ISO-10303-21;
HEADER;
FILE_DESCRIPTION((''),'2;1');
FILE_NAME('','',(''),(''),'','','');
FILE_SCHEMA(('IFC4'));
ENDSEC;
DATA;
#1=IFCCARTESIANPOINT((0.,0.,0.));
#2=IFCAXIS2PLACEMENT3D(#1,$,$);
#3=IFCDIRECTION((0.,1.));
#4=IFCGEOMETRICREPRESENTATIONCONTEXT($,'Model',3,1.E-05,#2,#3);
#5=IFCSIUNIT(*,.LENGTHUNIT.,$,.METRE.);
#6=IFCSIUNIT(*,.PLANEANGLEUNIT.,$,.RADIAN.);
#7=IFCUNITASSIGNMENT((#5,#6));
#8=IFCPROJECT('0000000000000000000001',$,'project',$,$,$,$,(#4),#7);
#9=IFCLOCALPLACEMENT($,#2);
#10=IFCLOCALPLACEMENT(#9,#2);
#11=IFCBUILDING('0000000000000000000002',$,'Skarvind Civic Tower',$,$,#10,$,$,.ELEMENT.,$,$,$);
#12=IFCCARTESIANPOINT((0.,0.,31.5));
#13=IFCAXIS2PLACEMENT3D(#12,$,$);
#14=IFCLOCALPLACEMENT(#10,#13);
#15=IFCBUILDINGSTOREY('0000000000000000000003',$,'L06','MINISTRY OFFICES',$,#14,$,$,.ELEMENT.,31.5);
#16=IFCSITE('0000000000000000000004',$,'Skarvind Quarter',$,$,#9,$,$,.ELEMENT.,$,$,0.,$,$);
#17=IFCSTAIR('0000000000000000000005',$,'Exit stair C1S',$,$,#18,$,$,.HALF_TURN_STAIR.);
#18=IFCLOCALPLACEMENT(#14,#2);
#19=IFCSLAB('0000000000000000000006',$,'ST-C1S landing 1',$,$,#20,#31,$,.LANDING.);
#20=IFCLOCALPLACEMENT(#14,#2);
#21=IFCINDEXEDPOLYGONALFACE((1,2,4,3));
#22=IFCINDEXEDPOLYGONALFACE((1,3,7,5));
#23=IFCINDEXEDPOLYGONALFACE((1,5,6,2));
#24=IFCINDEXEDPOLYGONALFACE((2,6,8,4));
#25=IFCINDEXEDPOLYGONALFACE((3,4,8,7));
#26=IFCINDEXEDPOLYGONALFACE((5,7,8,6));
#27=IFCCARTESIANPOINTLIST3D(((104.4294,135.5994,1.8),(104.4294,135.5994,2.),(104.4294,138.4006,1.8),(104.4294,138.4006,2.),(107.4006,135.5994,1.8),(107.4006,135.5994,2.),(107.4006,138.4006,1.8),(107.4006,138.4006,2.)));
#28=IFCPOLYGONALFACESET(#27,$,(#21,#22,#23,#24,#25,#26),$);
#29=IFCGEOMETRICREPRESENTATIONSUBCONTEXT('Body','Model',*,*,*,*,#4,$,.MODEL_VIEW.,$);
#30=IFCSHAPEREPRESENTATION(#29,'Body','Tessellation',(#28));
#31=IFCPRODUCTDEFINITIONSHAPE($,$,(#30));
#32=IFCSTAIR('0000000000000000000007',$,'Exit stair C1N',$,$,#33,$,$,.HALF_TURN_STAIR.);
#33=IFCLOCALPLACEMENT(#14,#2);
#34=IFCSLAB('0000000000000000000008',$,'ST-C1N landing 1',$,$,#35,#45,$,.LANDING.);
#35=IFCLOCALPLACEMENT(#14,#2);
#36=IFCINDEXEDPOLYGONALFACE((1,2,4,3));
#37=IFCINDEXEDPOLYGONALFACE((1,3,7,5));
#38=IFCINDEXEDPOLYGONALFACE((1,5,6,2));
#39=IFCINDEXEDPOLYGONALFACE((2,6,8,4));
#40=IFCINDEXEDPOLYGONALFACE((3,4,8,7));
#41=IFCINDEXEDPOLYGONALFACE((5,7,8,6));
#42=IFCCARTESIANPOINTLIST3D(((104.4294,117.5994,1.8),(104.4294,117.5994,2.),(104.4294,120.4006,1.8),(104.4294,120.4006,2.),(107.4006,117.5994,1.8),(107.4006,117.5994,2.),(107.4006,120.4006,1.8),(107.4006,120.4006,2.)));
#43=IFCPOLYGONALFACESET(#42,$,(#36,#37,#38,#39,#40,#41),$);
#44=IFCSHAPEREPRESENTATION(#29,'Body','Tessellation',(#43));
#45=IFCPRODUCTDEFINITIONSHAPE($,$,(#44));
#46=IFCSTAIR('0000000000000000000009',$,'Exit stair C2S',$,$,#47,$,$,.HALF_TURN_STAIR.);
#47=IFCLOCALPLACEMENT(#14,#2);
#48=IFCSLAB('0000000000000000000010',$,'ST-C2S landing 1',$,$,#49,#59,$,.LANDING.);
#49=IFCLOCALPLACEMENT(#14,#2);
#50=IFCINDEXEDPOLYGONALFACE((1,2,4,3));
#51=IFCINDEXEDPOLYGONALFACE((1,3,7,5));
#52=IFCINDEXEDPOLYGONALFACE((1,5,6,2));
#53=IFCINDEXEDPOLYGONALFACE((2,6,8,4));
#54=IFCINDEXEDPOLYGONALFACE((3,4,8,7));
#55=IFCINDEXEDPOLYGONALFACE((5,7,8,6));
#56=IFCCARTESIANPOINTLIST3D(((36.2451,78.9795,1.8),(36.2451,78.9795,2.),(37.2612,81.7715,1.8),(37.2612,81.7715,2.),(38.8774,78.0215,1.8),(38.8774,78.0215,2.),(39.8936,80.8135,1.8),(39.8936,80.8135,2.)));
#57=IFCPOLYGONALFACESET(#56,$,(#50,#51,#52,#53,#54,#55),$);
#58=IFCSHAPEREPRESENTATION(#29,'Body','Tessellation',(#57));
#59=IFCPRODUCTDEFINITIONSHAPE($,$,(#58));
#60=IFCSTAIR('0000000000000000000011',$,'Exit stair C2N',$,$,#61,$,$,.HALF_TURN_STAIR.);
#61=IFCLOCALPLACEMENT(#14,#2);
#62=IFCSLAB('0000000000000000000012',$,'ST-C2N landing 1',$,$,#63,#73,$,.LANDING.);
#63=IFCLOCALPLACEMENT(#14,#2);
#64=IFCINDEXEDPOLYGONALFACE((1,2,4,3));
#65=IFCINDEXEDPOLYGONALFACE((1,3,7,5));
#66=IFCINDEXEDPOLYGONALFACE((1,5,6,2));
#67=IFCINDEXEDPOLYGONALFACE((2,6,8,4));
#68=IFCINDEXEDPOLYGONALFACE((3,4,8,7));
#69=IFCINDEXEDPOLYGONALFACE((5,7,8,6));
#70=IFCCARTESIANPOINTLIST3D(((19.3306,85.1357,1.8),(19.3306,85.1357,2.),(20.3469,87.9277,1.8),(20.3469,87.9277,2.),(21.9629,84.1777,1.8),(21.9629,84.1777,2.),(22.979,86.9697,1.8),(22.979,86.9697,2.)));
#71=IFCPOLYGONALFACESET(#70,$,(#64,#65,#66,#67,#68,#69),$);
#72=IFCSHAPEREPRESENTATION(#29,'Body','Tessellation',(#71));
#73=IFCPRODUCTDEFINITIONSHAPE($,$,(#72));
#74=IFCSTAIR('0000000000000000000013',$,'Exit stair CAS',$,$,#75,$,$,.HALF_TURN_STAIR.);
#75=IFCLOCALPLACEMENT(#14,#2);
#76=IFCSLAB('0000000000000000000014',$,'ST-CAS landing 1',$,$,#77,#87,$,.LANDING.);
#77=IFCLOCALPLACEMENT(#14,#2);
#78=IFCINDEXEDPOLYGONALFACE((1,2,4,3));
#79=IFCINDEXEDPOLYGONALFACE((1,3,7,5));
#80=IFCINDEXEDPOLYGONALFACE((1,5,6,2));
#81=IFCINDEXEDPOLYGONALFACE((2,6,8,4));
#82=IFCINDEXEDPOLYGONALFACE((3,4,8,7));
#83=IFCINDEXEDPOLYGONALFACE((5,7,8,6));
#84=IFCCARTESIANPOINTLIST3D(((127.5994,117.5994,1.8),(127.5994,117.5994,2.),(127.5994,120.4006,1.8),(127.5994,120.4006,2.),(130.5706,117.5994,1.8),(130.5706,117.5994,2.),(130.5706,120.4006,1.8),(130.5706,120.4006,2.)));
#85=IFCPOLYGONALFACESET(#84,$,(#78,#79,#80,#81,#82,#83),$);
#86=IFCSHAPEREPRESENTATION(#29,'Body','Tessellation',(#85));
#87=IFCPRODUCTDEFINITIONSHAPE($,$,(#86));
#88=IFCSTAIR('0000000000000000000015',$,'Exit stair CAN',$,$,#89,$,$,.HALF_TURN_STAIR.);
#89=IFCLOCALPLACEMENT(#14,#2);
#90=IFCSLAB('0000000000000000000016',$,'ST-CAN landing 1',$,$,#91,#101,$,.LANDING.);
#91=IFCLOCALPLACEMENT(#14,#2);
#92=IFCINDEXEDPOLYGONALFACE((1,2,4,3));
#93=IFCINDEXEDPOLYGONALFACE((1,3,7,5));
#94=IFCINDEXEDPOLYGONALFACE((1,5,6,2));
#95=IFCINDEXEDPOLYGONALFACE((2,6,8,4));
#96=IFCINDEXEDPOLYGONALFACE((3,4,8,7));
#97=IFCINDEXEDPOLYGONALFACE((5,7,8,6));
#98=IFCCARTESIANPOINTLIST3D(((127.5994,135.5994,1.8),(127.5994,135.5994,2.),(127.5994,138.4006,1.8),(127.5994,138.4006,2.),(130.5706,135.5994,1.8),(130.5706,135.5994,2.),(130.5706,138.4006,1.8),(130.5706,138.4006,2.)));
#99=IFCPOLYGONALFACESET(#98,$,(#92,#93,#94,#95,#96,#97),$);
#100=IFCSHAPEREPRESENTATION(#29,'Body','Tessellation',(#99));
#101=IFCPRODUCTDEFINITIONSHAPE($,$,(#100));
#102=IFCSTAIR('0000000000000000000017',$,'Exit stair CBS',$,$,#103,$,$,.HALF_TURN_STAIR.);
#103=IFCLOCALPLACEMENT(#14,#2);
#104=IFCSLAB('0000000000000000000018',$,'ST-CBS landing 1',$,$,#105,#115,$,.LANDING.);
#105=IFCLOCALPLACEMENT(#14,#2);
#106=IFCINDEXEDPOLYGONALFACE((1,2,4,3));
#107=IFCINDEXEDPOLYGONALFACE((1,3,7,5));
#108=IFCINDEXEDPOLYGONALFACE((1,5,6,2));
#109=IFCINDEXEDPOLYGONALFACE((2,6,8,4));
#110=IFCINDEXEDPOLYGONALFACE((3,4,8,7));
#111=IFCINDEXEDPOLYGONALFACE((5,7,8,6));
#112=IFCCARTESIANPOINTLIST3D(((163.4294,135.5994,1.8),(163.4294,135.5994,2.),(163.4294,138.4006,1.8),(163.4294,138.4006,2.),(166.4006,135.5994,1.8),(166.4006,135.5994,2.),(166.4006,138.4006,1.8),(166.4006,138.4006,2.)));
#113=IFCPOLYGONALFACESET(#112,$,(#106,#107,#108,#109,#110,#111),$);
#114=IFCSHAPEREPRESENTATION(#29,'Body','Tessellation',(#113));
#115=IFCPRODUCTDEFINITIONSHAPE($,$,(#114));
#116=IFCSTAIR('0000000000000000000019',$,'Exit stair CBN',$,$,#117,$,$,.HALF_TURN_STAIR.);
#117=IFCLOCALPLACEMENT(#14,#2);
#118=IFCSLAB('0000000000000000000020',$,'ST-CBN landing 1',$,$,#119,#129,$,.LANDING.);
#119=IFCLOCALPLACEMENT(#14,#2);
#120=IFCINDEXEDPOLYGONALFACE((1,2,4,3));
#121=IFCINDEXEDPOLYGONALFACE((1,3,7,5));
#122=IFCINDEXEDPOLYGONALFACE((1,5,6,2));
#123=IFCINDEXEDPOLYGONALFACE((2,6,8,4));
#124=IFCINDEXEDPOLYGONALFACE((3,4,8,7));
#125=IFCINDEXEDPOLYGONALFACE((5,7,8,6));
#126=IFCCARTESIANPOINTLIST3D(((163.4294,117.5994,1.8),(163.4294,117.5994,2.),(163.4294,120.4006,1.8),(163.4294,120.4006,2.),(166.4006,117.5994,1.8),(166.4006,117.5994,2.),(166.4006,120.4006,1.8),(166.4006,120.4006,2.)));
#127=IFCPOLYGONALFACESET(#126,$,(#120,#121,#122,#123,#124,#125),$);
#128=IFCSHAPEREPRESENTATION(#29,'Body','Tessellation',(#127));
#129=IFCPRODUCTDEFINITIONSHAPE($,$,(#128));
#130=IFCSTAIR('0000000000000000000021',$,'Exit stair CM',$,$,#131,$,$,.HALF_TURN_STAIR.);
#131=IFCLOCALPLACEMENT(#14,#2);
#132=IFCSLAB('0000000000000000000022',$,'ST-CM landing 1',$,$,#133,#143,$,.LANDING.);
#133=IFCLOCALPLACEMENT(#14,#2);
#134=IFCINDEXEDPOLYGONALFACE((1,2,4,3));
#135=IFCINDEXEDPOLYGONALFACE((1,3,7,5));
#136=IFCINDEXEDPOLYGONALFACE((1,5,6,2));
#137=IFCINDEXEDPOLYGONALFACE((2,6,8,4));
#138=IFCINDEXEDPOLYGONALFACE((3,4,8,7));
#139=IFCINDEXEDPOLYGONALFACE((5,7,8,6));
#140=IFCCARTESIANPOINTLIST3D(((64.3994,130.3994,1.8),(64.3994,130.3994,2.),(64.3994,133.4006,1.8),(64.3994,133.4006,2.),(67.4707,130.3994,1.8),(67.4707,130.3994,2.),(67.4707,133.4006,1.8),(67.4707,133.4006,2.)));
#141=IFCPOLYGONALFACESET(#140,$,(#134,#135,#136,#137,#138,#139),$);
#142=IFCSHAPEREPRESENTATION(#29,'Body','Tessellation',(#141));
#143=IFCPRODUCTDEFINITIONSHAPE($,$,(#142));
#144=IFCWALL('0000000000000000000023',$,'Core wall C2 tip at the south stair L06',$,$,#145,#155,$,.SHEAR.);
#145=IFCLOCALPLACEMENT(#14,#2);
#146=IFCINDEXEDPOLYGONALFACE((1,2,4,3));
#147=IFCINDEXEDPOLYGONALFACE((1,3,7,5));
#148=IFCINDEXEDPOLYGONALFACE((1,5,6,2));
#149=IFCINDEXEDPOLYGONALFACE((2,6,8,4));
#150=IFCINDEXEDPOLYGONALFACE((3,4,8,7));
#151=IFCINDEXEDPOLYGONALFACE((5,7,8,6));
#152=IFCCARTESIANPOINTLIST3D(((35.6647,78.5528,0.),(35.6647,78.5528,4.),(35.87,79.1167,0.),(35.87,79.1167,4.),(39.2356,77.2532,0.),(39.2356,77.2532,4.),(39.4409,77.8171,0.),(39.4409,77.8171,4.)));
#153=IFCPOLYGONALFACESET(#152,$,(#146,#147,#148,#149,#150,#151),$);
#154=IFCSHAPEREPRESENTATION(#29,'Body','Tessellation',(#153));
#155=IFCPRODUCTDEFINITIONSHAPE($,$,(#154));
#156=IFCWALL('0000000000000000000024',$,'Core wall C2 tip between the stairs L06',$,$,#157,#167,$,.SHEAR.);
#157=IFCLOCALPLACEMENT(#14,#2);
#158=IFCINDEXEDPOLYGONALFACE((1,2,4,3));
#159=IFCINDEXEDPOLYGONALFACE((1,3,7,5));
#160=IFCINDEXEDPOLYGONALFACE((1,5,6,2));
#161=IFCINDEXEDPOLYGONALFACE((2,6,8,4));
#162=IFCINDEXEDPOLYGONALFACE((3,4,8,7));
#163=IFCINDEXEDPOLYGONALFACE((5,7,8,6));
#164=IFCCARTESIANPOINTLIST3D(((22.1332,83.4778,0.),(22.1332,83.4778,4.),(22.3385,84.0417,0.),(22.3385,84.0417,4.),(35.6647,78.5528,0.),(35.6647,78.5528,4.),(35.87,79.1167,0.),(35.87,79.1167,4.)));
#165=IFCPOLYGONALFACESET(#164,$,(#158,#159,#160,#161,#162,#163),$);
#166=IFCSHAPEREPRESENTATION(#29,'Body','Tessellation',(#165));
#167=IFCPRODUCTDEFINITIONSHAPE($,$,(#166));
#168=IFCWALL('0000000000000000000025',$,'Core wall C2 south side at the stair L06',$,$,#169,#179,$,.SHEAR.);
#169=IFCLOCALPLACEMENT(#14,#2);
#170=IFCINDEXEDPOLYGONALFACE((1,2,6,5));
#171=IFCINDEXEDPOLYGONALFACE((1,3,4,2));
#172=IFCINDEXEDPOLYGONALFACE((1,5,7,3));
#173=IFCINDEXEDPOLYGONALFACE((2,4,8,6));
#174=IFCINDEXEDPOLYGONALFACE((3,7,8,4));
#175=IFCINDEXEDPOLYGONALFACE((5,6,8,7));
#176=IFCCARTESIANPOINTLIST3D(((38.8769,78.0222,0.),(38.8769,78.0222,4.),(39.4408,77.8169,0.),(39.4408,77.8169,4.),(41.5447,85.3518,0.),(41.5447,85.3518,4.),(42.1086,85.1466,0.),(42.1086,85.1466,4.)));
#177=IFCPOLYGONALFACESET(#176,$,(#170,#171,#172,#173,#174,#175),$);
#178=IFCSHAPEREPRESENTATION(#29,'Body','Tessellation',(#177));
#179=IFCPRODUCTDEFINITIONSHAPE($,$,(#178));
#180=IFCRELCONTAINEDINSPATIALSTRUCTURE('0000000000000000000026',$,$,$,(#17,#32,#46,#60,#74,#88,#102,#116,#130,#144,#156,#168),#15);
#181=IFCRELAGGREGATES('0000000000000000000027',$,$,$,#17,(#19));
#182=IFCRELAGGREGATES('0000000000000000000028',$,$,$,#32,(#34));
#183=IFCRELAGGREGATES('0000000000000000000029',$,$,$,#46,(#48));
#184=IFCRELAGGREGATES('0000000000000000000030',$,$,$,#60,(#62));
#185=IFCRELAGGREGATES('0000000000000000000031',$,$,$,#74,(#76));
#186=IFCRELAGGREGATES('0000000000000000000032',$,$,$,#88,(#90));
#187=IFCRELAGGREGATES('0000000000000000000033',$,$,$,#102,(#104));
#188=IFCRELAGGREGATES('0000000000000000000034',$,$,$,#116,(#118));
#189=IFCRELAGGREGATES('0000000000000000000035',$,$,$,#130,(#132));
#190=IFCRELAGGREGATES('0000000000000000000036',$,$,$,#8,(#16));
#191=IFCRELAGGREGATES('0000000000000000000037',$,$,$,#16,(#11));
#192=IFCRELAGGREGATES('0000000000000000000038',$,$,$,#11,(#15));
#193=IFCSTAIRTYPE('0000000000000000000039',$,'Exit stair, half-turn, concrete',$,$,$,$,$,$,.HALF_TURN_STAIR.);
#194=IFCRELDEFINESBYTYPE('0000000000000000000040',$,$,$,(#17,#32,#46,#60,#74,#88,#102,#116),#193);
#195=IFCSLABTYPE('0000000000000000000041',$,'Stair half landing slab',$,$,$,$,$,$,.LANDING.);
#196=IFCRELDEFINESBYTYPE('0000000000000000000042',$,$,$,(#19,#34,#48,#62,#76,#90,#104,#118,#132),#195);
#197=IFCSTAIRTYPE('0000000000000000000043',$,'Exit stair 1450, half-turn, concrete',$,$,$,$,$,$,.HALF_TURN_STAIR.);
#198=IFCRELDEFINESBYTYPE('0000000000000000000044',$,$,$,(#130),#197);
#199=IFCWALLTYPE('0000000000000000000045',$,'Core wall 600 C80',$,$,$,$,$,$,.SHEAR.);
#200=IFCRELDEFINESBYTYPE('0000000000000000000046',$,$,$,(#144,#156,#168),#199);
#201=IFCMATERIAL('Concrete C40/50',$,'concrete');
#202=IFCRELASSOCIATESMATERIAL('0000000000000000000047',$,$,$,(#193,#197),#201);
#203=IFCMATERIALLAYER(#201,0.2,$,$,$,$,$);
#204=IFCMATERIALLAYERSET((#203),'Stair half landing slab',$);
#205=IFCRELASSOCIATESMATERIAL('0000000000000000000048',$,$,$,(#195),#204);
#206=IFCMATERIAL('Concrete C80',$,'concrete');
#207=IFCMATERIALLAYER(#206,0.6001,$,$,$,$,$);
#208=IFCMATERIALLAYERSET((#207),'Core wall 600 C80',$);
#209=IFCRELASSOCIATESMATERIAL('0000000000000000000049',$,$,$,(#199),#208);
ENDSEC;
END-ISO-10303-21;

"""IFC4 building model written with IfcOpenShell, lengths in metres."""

from ifc_helpers import new_model, si_unit, direction, frame, frame_2d, origin, place, context, subcontext, project, spatial, polyline, rectangle, outline, extrude, material, layer, layer_set, type_object, element, aggregate, save


model = new_model("IFC4")

# Units and contexts
model_context = context("Model", 3, precision=1e-05, world=origin(), true_north=direction((0.0, 1.0)))
body_context = subcontext(model_context, "Body", "Model", "MODEL_VIEW")
ifc_project = project(units=[si_unit("LENGTHUNIT", "METRE"), si_unit("PLANEANGLEUNIT", "RADIAN")], contexts=[model_context])

# Site, building, storey
site_placement = place(None, origin())
site = spatial("IfcSite", under=ifc_project, at=site_placement, Name="Skarvind Quarter", CompositionType="ELEMENT", RefElevation=0.0)
building_placement = place(site_placement, origin())
building = spatial("IfcBuilding", under=site, at=building_placement, Name="Skarvind Civic Tower", CompositionType="ELEMENT")
storey_placement = place(building_placement, frame((0.0, 0.0, 31.5)))
storey = spatial("IfcBuildingStorey", under=building, at=storey_placement, Name="L06", Description="MINISTRY OFFICES", CompositionType="ELEMENT", Elevation=31.5)

# Shared definitions
ifc_material_1 = material(Name="Concrete C40/50", Category="concrete")

# Stairs, slabs
stair_type_1 = type_object("IfcStairType", Name="Exit stair, half-turn, concrete", PredefinedType="HALF_TURN_STAIR", material=ifc_material_1)
stair_1_placement = place(storey_placement, origin())
stair_1 = element("IfcStair", 1, at=stair_1_placement, inside=storey, type_object=stair_type_1, Name="Exit stair C1S", PredefinedType="HALF_TURN_STAIR")
ifc_layer_1 = layer(ifc_material_1, 0.2)
ifc_layer_set_1 = layer_set([ifc_layer_1], Name="Stair half landing slab")
slab_type_1 = type_object("IfcSlabType", Name="Stair half landing slab", PredefinedType="LANDING", material=ifc_layer_set_1)
slab_1_placement = place(storey_placement, frame((0.0, 0.0, 1.8)))
slab_1 = element("IfcSlab", 2, at=slab_1_placement, type_object=slab_type_1, Name="ST-C1S landing 1", PredefinedType="LANDING", context=body_context, shape_type="SweptSolid", body=[
    extrude(outline(polyline([(104.4294, 135.5994), (104.4294, 138.4006), (107.4006, 138.4006), (107.4006, 135.5994), (104.4294, 135.5994)])), origin(), (0.0, 0.0, 1.0), 0.2),
])
aggregate(stair_1, [slab_1])
stair_2_placement = place(storey_placement, origin())
stair_2 = element("IfcStair", 3, at=stair_2_placement, inside=storey, type_object=stair_type_1, Name="Exit stair C1N", PredefinedType="HALF_TURN_STAIR")
slab_2_placement = place(storey_placement, frame((0.0, 0.0, 1.8)))
slab_2 = element("IfcSlab", 4, at=slab_2_placement, type_object=slab_type_1, Name="ST-C1N landing 1", PredefinedType="LANDING", context=body_context, shape_type="SweptSolid", body=[
    extrude(outline(polyline([(104.4294, 117.5994), (104.4294, 120.4006), (107.4006, 120.4006), (107.4006, 117.5994), (104.4294, 117.5994)])), origin(), (0.0, 0.0, 1.0), 0.2),
])
aggregate(stair_2, [slab_2])
stair_3_placement = place(storey_placement, origin())
stair_3 = element("IfcStair", 5, at=stair_3_placement, inside=storey, type_object=stair_type_1, Name="Exit stair C2S", PredefinedType="HALF_TURN_STAIR")
slab_3_placement = place(storey_placement, frame((0.0, 0.0, 1.8)))
slab_3 = element("IfcSlab", 6, at=slab_3_placement, type_object=slab_type_1, Name="ST-C2S landing 1", PredefinedType="LANDING", context=body_context, shape_type="SweptSolid", body=[
    extrude(outline(polyline([(37.2612, 81.7715), (39.8936, 80.8135), (38.8774, 78.0215), (36.2451, 78.9795), (37.2612, 81.7715)])), origin(), (0.0, 0.0, 1.0), 0.2),
])
aggregate(stair_3, [slab_3])
stair_4_placement = place(storey_placement, origin())
stair_4 = element("IfcStair", 7, at=stair_4_placement, inside=storey, type_object=stair_type_1, Name="Exit stair C2N", PredefinedType="HALF_TURN_STAIR")
slab_4_placement = place(storey_placement, frame((0.0, 0.0, 1.8)))
slab_4 = element("IfcSlab", 8, at=slab_4_placement, type_object=slab_type_1, Name="ST-C2N landing 1", PredefinedType="LANDING", context=body_context, shape_type="SweptSolid", body=[
    extrude(outline(polyline([(20.3469, 87.9277), (22.979, 86.9697), (21.9629, 84.1777), (19.3306, 85.1357), (20.3469, 87.9277)])), origin(), (0.0, 0.0, 1.0), 0.2),
])
aggregate(stair_4, [slab_4])
stair_5_placement = place(storey_placement, origin())
stair_5 = element("IfcStair", 9, at=stair_5_placement, inside=storey, type_object=stair_type_1, Name="Exit stair CAS", PredefinedType="HALF_TURN_STAIR")
slab_5_placement = place(storey_placement, frame((0.0, 0.0, 1.8)))
slab_5 = element("IfcSlab", 10, at=slab_5_placement, type_object=slab_type_1, Name="ST-CAS landing 1", PredefinedType="LANDING", context=body_context, shape_type="SweptSolid", body=[
    extrude(outline(polyline([(130.5706, 120.4006), (130.5706, 117.5994), (127.5994, 117.5994), (127.5994, 120.4006), (130.5706, 120.4006)])), origin(), (0.0, 0.0, 1.0), 0.2),
])
aggregate(stair_5, [slab_5])
stair_6_placement = place(storey_placement, origin())
stair_6 = element("IfcStair", 11, at=stair_6_placement, inside=storey, type_object=stair_type_1, Name="Exit stair CAN", PredefinedType="HALF_TURN_STAIR")
slab_6_placement = place(storey_placement, frame((0.0, 0.0, 1.8)))
slab_6 = element("IfcSlab", 12, at=slab_6_placement, type_object=slab_type_1, Name="ST-CAN landing 1", PredefinedType="LANDING", context=body_context, shape_type="SweptSolid", body=[
    extrude(outline(polyline([(130.5706, 138.4006), (130.5706, 135.5994), (127.5994, 135.5994), (127.5994, 138.4006), (130.5706, 138.4006)])), origin(), (0.0, 0.0, 1.0), 0.2),
])
aggregate(stair_6, [slab_6])
stair_7_placement = place(storey_placement, origin())
stair_7 = element("IfcStair", 13, at=stair_7_placement, inside=storey, type_object=stair_type_1, Name="Exit stair CBS", PredefinedType="HALF_TURN_STAIR")
slab_7_placement = place(storey_placement, frame((0.0, 0.0, 1.8)))
slab_7 = element("IfcSlab", 14, at=slab_7_placement, type_object=slab_type_1, Name="ST-CBS landing 1", PredefinedType="LANDING", context=body_context, shape_type="SweptSolid", body=[
    extrude(outline(polyline([(163.4294, 135.5994), (163.4294, 138.4006), (166.4006, 138.4006), (166.4006, 135.5994), (163.4294, 135.5994)])), origin(), (0.0, 0.0, 1.0), 0.2),
])
aggregate(stair_7, [slab_7])
stair_8_placement = place(storey_placement, origin())
stair_8 = element("IfcStair", 15, at=stair_8_placement, inside=storey, type_object=stair_type_1, Name="Exit stair CBN", PredefinedType="HALF_TURN_STAIR")
slab_8_placement = place(storey_placement, frame((0.0, 0.0, 1.8)))
slab_8 = element("IfcSlab", 16, at=slab_8_placement, type_object=slab_type_1, Name="ST-CBN landing 1", PredefinedType="LANDING", context=body_context, shape_type="SweptSolid", body=[
    extrude(outline(polyline([(163.4294, 117.5994), (163.4294, 120.4006), (166.4006, 120.4006), (166.4006, 117.5994), (163.4294, 117.5994)])), origin(), (0.0, 0.0, 1.0), 0.2),
])
aggregate(stair_8, [slab_8])
stair_type_2 = type_object("IfcStairType", Name="Exit stair 1450, half-turn, concrete", PredefinedType="HALF_TURN_STAIR", material=ifc_material_1)
stair_9_placement = place(storey_placement, origin())
stair_9 = element("IfcStair", 17, at=stair_9_placement, inside=storey, type_object=stair_type_2, Name="Exit stair CM", PredefinedType="HALF_TURN_STAIR")
slab_9_placement = place(storey_placement, frame((0.0, 0.0, 1.8)))
slab_9 = element("IfcSlab", 18, at=slab_9_placement, type_object=slab_type_1, Name="ST-CM landing 1", PredefinedType="LANDING", context=body_context, shape_type="SweptSolid", body=[
    extrude(outline(polyline([(67.4707, 133.4006), (67.4707, 130.3994), (64.3994, 130.3994), (64.3994, 133.4006), (67.4707, 133.4006)])), origin(), (0.0, 0.0, 1.0), 0.2),
])
aggregate(stair_9, [slab_9])

# Walls
ifc_material_2 = material(Name="Concrete C80", Category="concrete")
ifc_layer_2 = layer(ifc_material_2, 0.6001)
ifc_layer_set_2 = layer_set([ifc_layer_2], Name="Core wall 600 C80")
wall_type = type_object("IfcWallType", Name="Core wall 600 C80", PredefinedType="SHEAR", material=ifc_layer_set_2)
wall_1_placement = place(storey_placement, frame((39.3381, 77.5352, 0.0), z_axis=(0.0, 0.0, 1.0), x_axis=(-0.939701, 0.341996, 0.0)))
element("IfcWall", 19, at=wall_1_placement, inside=storey, type_object=wall_type, Name="Core wall C2 tip at the south stair L06", PredefinedType="SHEAR", context=body_context, shape_type="SweptSolid", body=[
    extrude(rectangle(XDim=3.8, YDim=0.6001, at=frame_2d((1.8999, 0.0))), origin(), (0.0, 0.0, 1.0), 4.0),
])
wall_2_placement = place(storey_placement, frame((35.7673, 78.8347, 0.0), z_axis=(0.0, 0.0, 1.0), x_axis=(-0.939693, 0.342019, 0.0)))
element("IfcWall", 20, at=wall_2_placement, inside=storey, type_object=wall_type, Name="Core wall C2 tip between the stairs L06", PredefinedType="SHEAR", context=body_context, shape_type="SweptSolid", body=[
    extrude(rectangle(XDim=14.3999, YDim=0.6001, at=frame_2d((7.2, 0.0))), origin(), (0.0, 0.0, 1.0), 4.0),
])
wall_3_placement = place(storey_placement, frame((39.1589, 77.9197, 0.0), z_axis=(0.0, 0.0, 1.0), x_axis=(0.342017, 0.939694, 0.0)))
element("IfcWall", 21, at=wall_3_placement, inside=storey, type_object=wall_type, Name="Core wall C2 south side at the stair L06", PredefinedType="SHEAR", context=body_context, shape_type="SweptSolid", body=[
    extrude(rectangle(XDim=7.8, YDim=0.6001, at=frame_2d((3.8999, 0.0))), origin(), (0.0, 0.0, 1.0), 4.0),
])

save(model, "model.ifc")
